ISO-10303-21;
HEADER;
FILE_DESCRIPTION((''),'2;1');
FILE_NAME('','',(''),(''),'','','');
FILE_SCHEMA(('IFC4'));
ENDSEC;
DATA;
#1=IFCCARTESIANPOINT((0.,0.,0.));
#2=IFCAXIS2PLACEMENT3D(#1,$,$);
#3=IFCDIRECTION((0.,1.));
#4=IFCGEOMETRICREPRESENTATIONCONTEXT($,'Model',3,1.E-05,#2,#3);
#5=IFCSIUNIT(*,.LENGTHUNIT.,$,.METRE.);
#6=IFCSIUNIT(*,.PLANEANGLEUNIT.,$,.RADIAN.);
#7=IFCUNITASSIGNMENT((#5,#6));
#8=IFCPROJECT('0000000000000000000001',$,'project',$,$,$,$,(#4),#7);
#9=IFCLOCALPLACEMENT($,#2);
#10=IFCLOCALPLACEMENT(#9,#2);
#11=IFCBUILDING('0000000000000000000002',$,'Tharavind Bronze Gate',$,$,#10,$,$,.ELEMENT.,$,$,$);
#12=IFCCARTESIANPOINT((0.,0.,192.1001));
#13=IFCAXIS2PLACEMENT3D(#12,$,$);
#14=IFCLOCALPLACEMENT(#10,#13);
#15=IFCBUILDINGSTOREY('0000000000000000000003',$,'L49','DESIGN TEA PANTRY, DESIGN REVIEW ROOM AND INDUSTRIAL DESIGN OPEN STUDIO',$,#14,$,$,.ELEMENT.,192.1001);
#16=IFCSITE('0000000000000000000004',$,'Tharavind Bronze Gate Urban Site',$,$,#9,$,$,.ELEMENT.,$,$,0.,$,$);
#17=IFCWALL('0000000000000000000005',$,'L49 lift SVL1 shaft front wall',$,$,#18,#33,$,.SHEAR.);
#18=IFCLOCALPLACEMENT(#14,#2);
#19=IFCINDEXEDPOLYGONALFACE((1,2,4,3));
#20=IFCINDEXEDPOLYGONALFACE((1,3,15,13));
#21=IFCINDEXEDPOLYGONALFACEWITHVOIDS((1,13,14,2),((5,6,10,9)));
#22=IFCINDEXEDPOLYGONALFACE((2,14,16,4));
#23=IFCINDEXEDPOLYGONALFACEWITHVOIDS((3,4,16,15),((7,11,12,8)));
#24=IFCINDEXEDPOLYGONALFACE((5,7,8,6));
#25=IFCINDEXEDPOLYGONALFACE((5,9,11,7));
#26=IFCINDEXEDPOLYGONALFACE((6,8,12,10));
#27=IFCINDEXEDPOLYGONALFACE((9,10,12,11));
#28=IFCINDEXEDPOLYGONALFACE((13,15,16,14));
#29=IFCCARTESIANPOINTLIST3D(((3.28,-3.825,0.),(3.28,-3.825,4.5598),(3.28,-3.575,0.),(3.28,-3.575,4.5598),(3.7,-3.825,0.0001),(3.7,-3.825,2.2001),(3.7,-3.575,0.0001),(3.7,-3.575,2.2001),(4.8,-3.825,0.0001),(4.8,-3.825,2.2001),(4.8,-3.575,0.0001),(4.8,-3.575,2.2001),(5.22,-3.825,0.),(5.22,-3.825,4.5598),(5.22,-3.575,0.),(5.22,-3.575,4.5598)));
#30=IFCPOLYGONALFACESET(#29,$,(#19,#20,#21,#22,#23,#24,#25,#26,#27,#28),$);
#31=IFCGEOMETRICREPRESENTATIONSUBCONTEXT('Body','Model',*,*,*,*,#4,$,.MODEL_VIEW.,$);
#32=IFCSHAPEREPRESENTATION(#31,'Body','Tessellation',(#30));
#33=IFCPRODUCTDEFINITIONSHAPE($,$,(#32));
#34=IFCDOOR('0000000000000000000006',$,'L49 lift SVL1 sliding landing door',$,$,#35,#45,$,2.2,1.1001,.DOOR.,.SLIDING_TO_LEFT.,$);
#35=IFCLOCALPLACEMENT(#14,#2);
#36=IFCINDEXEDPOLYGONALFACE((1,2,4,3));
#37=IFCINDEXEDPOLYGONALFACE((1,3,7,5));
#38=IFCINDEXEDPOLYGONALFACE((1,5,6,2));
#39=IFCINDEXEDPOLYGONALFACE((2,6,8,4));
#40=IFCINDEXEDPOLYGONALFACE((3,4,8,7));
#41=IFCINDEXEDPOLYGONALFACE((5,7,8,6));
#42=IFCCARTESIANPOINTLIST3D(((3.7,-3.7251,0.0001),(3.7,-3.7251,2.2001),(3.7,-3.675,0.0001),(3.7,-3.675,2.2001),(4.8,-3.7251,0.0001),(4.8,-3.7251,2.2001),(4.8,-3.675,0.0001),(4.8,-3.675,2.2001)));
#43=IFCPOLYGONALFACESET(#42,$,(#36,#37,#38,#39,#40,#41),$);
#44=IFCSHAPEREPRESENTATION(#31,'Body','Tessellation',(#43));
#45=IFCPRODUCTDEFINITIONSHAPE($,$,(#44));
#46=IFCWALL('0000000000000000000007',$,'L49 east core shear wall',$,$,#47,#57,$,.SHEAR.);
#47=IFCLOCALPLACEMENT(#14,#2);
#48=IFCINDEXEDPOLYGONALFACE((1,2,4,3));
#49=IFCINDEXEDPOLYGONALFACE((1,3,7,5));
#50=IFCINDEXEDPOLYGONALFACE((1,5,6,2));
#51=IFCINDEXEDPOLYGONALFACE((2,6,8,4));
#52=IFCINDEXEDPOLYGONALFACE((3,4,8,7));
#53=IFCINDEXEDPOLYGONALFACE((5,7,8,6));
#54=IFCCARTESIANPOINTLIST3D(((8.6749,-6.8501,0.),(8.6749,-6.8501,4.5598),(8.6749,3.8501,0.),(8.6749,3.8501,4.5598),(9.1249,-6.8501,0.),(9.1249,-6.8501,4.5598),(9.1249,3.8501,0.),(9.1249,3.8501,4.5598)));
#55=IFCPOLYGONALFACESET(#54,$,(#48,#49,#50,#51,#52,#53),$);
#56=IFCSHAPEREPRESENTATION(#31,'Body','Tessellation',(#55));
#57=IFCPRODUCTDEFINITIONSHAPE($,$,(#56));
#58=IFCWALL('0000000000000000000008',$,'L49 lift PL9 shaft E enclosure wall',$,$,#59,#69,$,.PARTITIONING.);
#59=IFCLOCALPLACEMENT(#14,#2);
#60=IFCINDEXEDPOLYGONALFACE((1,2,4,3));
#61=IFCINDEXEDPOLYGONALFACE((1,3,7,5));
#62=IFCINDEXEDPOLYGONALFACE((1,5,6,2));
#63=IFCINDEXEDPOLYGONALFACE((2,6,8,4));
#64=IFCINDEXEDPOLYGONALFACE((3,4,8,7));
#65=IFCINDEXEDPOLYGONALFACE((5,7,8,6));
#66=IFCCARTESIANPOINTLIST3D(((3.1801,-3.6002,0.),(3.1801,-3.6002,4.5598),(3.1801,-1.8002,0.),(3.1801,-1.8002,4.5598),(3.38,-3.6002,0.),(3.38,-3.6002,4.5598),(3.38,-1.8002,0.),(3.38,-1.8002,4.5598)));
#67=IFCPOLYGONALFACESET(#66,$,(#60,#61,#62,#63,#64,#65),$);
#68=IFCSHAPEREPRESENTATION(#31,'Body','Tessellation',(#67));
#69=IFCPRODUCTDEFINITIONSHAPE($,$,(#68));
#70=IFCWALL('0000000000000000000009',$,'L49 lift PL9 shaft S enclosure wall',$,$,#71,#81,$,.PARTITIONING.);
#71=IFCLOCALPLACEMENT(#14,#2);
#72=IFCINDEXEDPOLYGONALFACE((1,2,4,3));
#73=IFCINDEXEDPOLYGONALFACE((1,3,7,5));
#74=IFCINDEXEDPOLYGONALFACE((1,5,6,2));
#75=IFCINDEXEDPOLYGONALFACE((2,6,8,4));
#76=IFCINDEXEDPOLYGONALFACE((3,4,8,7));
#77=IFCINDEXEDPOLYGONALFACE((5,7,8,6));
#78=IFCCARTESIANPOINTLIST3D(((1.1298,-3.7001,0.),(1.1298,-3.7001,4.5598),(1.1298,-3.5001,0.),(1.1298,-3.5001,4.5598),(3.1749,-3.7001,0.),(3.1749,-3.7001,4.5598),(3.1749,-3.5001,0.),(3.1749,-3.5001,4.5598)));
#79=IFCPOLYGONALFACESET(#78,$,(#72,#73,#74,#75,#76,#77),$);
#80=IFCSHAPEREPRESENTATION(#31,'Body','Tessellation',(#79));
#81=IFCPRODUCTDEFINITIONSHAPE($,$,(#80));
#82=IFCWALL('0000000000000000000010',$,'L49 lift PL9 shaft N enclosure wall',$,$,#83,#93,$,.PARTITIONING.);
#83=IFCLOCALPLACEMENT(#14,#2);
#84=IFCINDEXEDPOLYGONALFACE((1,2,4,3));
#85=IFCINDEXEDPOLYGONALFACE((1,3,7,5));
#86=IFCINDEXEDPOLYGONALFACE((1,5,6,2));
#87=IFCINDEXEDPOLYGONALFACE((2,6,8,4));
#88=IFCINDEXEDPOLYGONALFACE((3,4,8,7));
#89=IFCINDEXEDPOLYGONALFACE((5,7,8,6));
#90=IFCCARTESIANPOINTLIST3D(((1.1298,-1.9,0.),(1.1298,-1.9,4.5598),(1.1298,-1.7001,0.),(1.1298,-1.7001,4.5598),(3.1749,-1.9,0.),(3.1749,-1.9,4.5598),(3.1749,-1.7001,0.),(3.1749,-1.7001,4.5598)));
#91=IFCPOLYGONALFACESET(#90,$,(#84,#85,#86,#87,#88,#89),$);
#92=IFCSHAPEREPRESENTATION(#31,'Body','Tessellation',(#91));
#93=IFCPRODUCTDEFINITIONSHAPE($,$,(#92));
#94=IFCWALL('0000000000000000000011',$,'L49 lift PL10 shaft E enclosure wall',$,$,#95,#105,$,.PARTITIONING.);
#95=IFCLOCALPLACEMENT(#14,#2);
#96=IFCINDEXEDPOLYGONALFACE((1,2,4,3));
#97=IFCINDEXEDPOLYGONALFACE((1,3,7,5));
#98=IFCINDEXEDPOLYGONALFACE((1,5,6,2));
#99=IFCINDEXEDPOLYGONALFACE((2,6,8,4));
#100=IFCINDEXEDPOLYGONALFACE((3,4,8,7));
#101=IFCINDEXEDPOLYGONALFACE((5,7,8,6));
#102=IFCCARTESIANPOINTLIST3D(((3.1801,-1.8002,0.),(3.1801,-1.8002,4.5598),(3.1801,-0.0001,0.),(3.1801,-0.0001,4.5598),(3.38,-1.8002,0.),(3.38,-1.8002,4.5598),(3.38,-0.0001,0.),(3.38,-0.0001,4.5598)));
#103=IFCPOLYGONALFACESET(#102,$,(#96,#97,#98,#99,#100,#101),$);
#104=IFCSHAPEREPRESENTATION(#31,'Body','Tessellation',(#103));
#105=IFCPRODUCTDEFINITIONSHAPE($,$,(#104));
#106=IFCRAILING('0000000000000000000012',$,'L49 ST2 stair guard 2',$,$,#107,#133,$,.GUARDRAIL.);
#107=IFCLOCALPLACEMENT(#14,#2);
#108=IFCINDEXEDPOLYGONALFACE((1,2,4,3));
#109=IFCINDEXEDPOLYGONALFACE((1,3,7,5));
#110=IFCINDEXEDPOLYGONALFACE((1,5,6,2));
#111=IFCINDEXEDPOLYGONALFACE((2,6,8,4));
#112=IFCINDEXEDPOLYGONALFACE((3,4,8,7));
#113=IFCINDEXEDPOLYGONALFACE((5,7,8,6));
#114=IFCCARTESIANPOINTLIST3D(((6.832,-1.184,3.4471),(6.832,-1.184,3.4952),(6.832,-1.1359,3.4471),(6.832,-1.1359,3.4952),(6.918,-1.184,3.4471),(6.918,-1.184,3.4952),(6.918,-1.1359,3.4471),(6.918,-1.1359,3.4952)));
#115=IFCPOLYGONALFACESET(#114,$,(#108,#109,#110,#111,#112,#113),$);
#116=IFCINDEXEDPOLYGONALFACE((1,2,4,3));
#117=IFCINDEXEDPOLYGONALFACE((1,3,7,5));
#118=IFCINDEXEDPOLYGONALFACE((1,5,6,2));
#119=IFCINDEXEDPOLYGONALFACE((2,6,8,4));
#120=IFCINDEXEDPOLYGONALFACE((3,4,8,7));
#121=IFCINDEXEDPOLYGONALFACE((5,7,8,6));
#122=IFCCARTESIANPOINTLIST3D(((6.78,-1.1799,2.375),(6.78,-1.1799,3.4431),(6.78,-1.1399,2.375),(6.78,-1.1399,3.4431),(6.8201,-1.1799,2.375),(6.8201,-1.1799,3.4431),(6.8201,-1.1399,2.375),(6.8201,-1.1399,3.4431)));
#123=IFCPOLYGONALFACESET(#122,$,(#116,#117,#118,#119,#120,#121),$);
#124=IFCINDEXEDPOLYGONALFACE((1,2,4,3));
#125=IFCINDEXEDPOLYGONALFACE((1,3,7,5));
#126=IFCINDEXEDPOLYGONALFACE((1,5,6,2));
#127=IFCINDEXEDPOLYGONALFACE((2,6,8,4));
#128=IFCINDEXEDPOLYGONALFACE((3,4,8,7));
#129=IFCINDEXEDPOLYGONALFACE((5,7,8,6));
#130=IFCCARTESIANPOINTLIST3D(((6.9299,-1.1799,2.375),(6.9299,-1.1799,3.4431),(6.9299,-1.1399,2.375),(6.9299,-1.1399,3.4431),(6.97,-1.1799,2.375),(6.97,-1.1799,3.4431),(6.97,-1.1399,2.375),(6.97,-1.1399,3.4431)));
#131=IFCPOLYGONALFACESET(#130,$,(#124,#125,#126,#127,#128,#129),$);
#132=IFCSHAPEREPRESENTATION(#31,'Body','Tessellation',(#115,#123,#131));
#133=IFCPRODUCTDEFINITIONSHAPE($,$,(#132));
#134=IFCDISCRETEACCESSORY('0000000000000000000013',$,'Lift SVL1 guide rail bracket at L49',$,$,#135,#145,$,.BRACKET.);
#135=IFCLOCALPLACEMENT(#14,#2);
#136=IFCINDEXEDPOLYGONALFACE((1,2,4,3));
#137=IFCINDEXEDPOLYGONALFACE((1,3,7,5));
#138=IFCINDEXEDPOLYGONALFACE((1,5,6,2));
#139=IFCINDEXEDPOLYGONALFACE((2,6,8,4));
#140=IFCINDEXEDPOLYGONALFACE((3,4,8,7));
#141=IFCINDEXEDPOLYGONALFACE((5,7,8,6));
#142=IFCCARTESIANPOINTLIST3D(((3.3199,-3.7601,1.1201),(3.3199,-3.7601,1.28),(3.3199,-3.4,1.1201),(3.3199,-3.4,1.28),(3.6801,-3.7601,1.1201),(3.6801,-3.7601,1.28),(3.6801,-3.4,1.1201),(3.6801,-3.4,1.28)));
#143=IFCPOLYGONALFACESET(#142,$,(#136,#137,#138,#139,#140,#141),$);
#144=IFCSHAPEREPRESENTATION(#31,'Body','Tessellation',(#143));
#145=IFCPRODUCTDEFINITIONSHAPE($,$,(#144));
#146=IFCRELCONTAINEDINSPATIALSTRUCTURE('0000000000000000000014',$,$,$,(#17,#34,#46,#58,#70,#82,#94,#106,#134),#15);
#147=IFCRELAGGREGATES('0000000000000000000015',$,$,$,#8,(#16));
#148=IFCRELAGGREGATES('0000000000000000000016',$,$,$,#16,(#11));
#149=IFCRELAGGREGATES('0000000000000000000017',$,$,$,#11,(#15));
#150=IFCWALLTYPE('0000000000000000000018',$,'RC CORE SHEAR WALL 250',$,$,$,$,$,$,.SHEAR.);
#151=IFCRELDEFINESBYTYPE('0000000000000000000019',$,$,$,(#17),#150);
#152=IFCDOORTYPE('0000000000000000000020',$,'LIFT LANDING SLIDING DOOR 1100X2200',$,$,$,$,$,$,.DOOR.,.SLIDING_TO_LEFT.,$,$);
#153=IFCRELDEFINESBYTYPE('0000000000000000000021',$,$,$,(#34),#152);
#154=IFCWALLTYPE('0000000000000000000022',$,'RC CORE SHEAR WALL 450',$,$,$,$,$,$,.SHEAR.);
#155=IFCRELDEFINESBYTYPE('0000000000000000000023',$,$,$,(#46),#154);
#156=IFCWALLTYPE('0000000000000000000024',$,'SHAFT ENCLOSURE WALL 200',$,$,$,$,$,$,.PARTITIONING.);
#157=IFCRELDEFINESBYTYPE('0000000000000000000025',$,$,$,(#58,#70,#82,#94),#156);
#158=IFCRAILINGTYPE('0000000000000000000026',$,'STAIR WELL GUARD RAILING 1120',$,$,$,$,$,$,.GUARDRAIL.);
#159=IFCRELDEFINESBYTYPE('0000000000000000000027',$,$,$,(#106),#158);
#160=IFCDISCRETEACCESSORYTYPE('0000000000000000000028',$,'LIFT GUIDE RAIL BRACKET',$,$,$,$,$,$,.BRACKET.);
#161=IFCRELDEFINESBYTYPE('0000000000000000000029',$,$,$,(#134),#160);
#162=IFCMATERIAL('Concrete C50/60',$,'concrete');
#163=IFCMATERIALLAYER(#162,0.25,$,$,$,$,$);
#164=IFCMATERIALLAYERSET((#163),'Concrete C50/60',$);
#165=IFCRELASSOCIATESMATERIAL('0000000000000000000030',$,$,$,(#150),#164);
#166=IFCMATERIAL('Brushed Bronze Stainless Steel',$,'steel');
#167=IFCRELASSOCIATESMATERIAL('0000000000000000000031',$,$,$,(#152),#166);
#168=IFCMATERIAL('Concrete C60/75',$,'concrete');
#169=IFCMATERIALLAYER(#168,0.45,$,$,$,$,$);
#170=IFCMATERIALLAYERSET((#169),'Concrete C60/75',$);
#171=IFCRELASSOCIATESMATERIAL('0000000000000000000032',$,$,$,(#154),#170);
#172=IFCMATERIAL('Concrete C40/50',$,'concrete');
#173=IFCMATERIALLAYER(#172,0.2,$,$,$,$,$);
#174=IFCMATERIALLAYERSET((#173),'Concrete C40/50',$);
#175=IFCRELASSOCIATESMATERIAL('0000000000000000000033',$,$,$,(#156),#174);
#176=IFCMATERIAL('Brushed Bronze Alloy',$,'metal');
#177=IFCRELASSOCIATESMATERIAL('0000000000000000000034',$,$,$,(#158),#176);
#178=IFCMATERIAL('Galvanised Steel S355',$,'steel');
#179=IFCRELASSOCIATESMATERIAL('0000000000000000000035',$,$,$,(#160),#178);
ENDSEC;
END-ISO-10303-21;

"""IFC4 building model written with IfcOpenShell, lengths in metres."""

from ifc_helpers import new_model, si_unit, direction, frame, frame_2d, origin, origin_2d, place, context, subcontext, project, spatial, rectangle, extrude, material, layer, layer_set, type_object, element, fill, save


model = new_model("IFC4")

# Units and contexts
model_context = context("Model", 3, precision=1e-05, world=origin(), true_north=direction((0.0, 1.0)))
body_context = subcontext(model_context, "Body", "Model", "MODEL_VIEW")
ifc_project = project(units=[si_unit("LENGTHUNIT", "METRE"), si_unit("PLANEANGLEUNIT", "RADIAN")], contexts=[model_context])

# Site, building, storey
site_placement = place(None, origin())
site = spatial("IfcSite", under=ifc_project, at=site_placement, Name="Tharavind Bronze Gate Urban Site", CompositionType="ELEMENT", RefElevation=0.0)
building_placement = place(site_placement, origin())
building = spatial("IfcBuilding", under=site, at=building_placement, Name="Tharavind Bronze Gate", CompositionType="ELEMENT")
storey_placement = place(building_placement, frame((0.0, 0.0, 192.1001)))
storey = spatial("IfcBuildingStorey", under=building, at=storey_placement, Name="L49", Description="DESIGN TEA PANTRY, DESIGN REVIEW ROOM AND INDUSTRIAL DESIGN OPEN STUDIO", CompositionType="ELEMENT", Elevation=192.1001)

# Shared definitions
ifc_material_1 = material(Name="Concrete C60/75", Category="concrete")

# Shared definitions
ifc_material_2 = material(Name="Concrete C50/60", Category="concrete")
ifc_layer_1 = layer(ifc_material_2, 0.25)
ifc_layer_set_1 = layer_set([ifc_layer_1], Name="Concrete C50/60")
wall_type_1 = type_object("IfcWallType", Name="RC CORE SHEAR WALL 250", PredefinedType="SHEAR", material=ifc_layer_set_1)

# Wall, opening, door
wall_1_placement = place(storey_placement, frame((3.28, -3.7, 0.0), z_axis=(0.0, 0.0, 1.0), x_axis=(1.0, 0.0, 0.0)))
wall_1 = element("IfcWall", 1, at=wall_1_placement, inside=storey, type_object=wall_type_1, Name="L49 lift SVL1 shaft front wall", PredefinedType="SHEAR", context=body_context, shape_type="SweptSolid", body=[
    extrude(rectangle(XDim=1.9399, YDim=0.25, at=frame_2d((0.97, 0.0))), origin(), (0.0, 0.0, 1.0), 4.5598),
])
opening_placement = place(wall_1_placement, frame((0.4199, 0.0, 0.0)))
opening = element("IfcOpeningElement", 2, at=opening_placement, cuts=wall_1, PredefinedType="OPENING", context=body_context, shape_type="SweptSolid", body=[
    extrude(rectangle(XDim=1.1001, YDim=2.2, at=frame_2d((0.55, 1.1001))), frame((0.0, 0.135, 0.0), z_axis=(0.0, -1.0, 0.0), x_axis=(1.0, 0.0, 0.0)), (0.0, 0.0, 1.0), 0.27),
])
ifc_material_3 = material(Name="Brushed Bronze Stainless Steel", Category="steel")
door_type = type_object("IfcDoorType", Name="LIFT LANDING SLIDING DOOR 1100X2200", OperationType="SLIDING_TO_LEFT", PredefinedType="DOOR", material=ifc_material_3)
door_placement = place(opening_placement, origin())
door = element("IfcDoor", 3, at=door_placement, inside=storey, type_object=door_type, Name="L49 lift SVL1 sliding landing door", OperationType="SLIDING_TO_LEFT", OverallHeight=2.2, OverallWidth=1.1001, PredefinedType="DOOR", context=body_context, shape_type="SweptSolid", body=[
    extrude(rectangle(XDim=1.1001, YDim=2.2, at=frame_2d((0.55, 1.1001))), frame((0.0, 0.0249, 0.0), z_axis=(0.0, -1.0, 0.0), x_axis=(1.0, 0.0, 0.0)), (0.0, 0.0, 1.0), 0.05),
])
fill(opening, door)

# Walls
ifc_layer_2 = layer(ifc_material_1, 0.45)
ifc_layer_set_2 = layer_set([ifc_layer_2], Name="Concrete C60/75")
wall_type_2 = type_object("IfcWallType", Name="RC CORE SHEAR WALL 450", PredefinedType="SHEAR", material=ifc_layer_set_2)
wall_2_placement = place(storey_placement, frame((8.8999, -6.8501, 0.0), z_axis=(0.0, 0.0, 1.0), x_axis=(0.0, 1.0, 0.0)))
element("IfcWall", 4, at=wall_2_placement, inside=storey, type_object=wall_type_2, Name="L49 east core shear wall", PredefinedType="SHEAR", context=body_context, shape_type="SweptSolid", body=[
    extrude(rectangle(XDim=10.7002, YDim=0.45, at=frame_2d((5.3501, 0.0))), origin(), (0.0, 0.0, 1.0), 4.5598),
])
ifc_material_4 = material(Name="Concrete C40/50", Category="concrete")
ifc_layer_3 = layer(ifc_material_4, 0.2)
ifc_layer_set_3 = layer_set([ifc_layer_3], Name="Concrete C40/50")
wall_type_3 = type_object("IfcWallType", Name="SHAFT ENCLOSURE WALL 200", PredefinedType="PARTITIONING", material=ifc_layer_set_3)
wall_3_placement = place(storey_placement, frame((3.28, -3.6001, 0.0), z_axis=(0.0, 0.0, 1.0), x_axis=(0.0, 1.0, 0.0)))
element("IfcWall", 5, at=wall_3_placement, inside=storey, type_object=wall_type_3, Name="L49 lift PL9 shaft E enclosure wall", PredefinedType="PARTITIONING", context=body_context, shape_type="SweptSolid", body=[
    extrude(rectangle(XDim=1.8, YDim=0.2, at=frame_2d((0.8999, 0.0))), origin(), (0.0, 0.0, 1.0), 4.5598),
])
for number, where, z_axis, x_axis, name in (
    (6, (1.1299, -3.6001, 0.0), (0.0, 0.0, 1.0), (1.0, 0.0, 0.0), "L49 lift PL9 shaft S enclosure wall"),
    (7, (1.1299, -1.8, 0.0), (0.0, 0.0, 1.0), (1.0, 0.0, 0.0), "L49 lift PL9 shaft N enclosure wall"),
):
    element("IfcWall", number, at=place(storey_placement, frame(where, z_axis=z_axis, x_axis=x_axis)), inside=storey, type_object=wall_type_3, Name=name, PredefinedType="PARTITIONING", context=body_context, shape_type="SweptSolid", body=[
        extrude(rectangle(XDim=2.0452, YDim=0.2, at=frame_2d((1.0225, 0.0))), origin(), (0.0, 0.0, 1.0), 4.5598),
    ])
wall_4_placement = place(storey_placement, frame((3.28, -1.8, 0.0), z_axis=(0.0, 0.0, 1.0), x_axis=(0.0, 1.0, 0.0)))
element("IfcWall", 8, at=wall_4_placement, inside=storey, type_object=wall_type_3, Name="L49 lift PL10 shaft E enclosure wall", PredefinedType="PARTITIONING", context=body_context, shape_type="SweptSolid", body=[
    extrude(rectangle(XDim=1.8, YDim=0.2, at=frame_2d((0.8999, 0.0))), origin(), (0.0, 0.0, 1.0), 4.5598),
])

# Railing
ifc_material_5 = material(Name="Brushed Bronze Alloy", Category="metal")
railing_type = type_object("IfcRailingType", Name="STAIR WELL GUARD RAILING 1120", PredefinedType="GUARDRAIL", material=ifc_material_5)
railing_placement = place(storey_placement, frame((6.8, -1.1599, 2.375)))
element("IfcRailing", 9, at=railing_placement, inside=storey, type_object=railing_type, Name="L49 ST2 stair guard 2", PredefinedType="GUARDRAIL", context=body_context, shape_type="SweptSolid", body=[
    extrude(rectangle(XDim=0.0481, YDim=0.0481, at=origin_2d()), frame((0.032, 0.0, 1.0962), z_axis=(1.0, 0.0, 0.0), x_axis=(0.0, 1.0, 0.0)), (0.0, 0.0, 1.0), 0.0859),
    extrude(rectangle(XDim=0.04, YDim=0.04, at=origin_2d()), origin(), (0.0, 0.0, 1.0), 1.0681),
    extrude(rectangle(XDim=0.04, YDim=0.04, at=origin_2d()), frame((0.1499, 0.0, 0.0)), (0.0, 0.0, 1.0), 1.0681),
])

# Discrete accessory
ifc_material_6 = material(Name="Galvanised Steel S355", Category="steel")
discrete_accessory_type = type_object("IfcDiscreteAccessoryType", Name="LIFT GUIDE RAIL BRACKET", PredefinedType="BRACKET", material=ifc_material_6)
discrete_accessory_placement = place(storey_placement, frame((3.5, -3.5801, 1.1201), z_axis=(0.0, 0.0, 1.0), x_axis=(1.0, 0.0, 0.0)))
element("IfcDiscreteAccessory", 10, at=discrete_accessory_placement, inside=storey, type_object=discrete_accessory_type, Name="Lift SVL1 guide rail bracket at L49", PredefinedType="BRACKET", context=body_context, shape_type="SweptSolid", body=[
    extrude(rectangle(XDim=0.3601, YDim=0.3601, at=origin_2d()), origin(), (0.0, 0.0, 1.0), 0.1599),
])

save(model, "model.ifc")
